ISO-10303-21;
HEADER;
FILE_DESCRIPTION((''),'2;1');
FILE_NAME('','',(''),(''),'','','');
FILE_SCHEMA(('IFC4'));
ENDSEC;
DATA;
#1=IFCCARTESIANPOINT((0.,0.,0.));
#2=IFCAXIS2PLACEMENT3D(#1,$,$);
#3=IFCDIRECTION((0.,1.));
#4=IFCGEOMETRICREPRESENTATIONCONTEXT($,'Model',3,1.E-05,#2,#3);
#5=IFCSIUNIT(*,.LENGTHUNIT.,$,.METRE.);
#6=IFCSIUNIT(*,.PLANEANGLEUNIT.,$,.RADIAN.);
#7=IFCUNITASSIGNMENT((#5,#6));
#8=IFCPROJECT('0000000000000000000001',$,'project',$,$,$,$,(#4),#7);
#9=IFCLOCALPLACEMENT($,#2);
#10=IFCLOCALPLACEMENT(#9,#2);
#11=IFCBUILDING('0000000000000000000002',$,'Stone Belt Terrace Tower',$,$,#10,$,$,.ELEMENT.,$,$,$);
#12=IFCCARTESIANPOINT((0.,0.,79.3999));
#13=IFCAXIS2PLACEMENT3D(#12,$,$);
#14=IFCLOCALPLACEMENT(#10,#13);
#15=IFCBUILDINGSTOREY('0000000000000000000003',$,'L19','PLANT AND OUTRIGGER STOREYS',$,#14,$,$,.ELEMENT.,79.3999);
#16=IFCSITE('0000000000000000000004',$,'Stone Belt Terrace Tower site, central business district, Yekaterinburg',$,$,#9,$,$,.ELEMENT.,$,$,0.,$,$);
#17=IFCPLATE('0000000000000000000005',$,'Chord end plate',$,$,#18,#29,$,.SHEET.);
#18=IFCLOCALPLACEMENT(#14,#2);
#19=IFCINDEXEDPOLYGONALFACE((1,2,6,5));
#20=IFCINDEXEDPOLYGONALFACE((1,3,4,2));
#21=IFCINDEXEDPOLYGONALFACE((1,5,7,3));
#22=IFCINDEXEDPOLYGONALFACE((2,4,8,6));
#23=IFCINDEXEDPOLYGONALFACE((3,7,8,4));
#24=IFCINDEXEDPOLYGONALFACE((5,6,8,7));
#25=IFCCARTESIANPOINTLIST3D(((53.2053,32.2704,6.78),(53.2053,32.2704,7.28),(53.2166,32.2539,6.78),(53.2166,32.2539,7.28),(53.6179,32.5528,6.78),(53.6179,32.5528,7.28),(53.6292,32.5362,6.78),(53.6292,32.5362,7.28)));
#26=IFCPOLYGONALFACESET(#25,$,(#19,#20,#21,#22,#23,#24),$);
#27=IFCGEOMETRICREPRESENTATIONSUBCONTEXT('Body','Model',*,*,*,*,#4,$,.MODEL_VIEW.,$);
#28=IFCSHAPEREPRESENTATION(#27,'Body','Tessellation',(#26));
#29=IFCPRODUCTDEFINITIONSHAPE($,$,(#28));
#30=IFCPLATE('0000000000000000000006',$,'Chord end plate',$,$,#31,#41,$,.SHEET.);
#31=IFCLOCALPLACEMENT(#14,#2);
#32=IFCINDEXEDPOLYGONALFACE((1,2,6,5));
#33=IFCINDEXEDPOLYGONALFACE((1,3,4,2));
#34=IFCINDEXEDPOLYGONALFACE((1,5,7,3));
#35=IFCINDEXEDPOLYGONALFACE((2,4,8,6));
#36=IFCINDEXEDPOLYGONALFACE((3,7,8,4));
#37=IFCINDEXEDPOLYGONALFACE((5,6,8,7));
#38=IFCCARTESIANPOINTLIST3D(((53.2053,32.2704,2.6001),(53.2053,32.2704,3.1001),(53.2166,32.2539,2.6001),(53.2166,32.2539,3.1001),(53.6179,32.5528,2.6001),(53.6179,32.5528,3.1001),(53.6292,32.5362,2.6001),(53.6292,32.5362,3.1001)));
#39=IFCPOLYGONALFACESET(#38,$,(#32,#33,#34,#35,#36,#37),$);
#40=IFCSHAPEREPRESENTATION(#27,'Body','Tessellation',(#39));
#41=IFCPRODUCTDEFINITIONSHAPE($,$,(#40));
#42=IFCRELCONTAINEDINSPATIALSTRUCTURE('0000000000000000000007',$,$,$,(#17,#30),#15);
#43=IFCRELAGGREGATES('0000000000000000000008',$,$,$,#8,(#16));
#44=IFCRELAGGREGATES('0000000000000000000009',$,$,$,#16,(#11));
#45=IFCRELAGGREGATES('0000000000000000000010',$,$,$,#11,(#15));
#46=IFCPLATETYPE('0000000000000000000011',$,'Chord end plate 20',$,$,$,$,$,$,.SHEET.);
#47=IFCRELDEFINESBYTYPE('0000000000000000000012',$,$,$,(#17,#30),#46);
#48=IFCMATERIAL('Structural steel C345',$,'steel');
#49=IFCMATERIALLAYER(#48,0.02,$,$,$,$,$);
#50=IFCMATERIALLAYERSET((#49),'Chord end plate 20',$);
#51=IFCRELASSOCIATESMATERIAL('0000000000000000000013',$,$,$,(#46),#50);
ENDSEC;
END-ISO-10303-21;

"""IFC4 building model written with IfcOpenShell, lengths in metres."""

from ifc_helpers import new_model, si_unit, direction, frame, origin, origin_2d, place, context, subcontext, project, spatial, rectangle, extrude, material, layer, layer_set, type_object, element, save


model = new_model("IFC4")

# Units and contexts
model_context = context("Model", 3, precision=1e-05, world=origin(), true_north=direction((0.0, 1.0)))
body_context = subcontext(model_context, "Body", "Model", "MODEL_VIEW")
ifc_project = project(units=[si_unit("LENGTHUNIT", "METRE"), si_unit("PLANEANGLEUNIT", "RADIAN")], contexts=[model_context])

# Site, building, storey
site_placement = place(None, origin())
site = spatial("IfcSite", under=ifc_project, at=site_placement, Name="Stone Belt Terrace Tower site, central business district, Yekaterinburg", CompositionType="ELEMENT", RefElevation=0.0)
building_placement = place(site_placement, origin())
building = spatial("IfcBuilding", under=site, at=building_placement, Name="Stone Belt Terrace Tower", CompositionType="ELEMENT")
storey_placement = place(building_placement, frame((0.0, 0.0, 79.3999)))
storey = spatial("IfcBuildingStorey", under=building, at=storey_placement, Name="L19", Description="PLANT AND OUTRIGGER STOREYS", CompositionType="ELEMENT", Elevation=79.3999)

# Shared definitions
ifc_material_1 = material(Name="Structural steel C345", Category="steel")

# Plates
ifc_layer_1 = layer(ifc_material_1, 0.02)
ifc_layer_set_1 = layer_set([ifc_layer_1], Name="Chord end plate 20")
plate_type_1 = type_object("IfcPlateType", Name="Chord end plate 20", PredefinedType="SHEET", material=ifc_layer_set_1)
for number, where, z_axis, x_axis, name in (
    (1, (53.4172, 32.4033, 6.78), (0.0, 0.0, 1.0), (0.564696, -0.825299, 0.0), "Chord end plate"),
    (2, (53.4172, 32.4033, 2.6001), (0.0, 0.0, 1.0), (0.564696, -0.825299, 0.0), "Chord end plate"),
):
    element("IfcPlate", number, at=place(storey_placement, frame(where, z_axis=z_axis, x_axis=x_axis)), inside=storey, type_object=plate_type_1, Name=name, PredefinedType="SHEET", context=body_context, shape_type="SweptSolid", body=[
        extrude(rectangle(XDim=0.02, YDim=0.5, at=origin_2d()), origin(), (0.0, 0.0, 1.0), 0.5),
    ])

save(model, "model.ifc")
